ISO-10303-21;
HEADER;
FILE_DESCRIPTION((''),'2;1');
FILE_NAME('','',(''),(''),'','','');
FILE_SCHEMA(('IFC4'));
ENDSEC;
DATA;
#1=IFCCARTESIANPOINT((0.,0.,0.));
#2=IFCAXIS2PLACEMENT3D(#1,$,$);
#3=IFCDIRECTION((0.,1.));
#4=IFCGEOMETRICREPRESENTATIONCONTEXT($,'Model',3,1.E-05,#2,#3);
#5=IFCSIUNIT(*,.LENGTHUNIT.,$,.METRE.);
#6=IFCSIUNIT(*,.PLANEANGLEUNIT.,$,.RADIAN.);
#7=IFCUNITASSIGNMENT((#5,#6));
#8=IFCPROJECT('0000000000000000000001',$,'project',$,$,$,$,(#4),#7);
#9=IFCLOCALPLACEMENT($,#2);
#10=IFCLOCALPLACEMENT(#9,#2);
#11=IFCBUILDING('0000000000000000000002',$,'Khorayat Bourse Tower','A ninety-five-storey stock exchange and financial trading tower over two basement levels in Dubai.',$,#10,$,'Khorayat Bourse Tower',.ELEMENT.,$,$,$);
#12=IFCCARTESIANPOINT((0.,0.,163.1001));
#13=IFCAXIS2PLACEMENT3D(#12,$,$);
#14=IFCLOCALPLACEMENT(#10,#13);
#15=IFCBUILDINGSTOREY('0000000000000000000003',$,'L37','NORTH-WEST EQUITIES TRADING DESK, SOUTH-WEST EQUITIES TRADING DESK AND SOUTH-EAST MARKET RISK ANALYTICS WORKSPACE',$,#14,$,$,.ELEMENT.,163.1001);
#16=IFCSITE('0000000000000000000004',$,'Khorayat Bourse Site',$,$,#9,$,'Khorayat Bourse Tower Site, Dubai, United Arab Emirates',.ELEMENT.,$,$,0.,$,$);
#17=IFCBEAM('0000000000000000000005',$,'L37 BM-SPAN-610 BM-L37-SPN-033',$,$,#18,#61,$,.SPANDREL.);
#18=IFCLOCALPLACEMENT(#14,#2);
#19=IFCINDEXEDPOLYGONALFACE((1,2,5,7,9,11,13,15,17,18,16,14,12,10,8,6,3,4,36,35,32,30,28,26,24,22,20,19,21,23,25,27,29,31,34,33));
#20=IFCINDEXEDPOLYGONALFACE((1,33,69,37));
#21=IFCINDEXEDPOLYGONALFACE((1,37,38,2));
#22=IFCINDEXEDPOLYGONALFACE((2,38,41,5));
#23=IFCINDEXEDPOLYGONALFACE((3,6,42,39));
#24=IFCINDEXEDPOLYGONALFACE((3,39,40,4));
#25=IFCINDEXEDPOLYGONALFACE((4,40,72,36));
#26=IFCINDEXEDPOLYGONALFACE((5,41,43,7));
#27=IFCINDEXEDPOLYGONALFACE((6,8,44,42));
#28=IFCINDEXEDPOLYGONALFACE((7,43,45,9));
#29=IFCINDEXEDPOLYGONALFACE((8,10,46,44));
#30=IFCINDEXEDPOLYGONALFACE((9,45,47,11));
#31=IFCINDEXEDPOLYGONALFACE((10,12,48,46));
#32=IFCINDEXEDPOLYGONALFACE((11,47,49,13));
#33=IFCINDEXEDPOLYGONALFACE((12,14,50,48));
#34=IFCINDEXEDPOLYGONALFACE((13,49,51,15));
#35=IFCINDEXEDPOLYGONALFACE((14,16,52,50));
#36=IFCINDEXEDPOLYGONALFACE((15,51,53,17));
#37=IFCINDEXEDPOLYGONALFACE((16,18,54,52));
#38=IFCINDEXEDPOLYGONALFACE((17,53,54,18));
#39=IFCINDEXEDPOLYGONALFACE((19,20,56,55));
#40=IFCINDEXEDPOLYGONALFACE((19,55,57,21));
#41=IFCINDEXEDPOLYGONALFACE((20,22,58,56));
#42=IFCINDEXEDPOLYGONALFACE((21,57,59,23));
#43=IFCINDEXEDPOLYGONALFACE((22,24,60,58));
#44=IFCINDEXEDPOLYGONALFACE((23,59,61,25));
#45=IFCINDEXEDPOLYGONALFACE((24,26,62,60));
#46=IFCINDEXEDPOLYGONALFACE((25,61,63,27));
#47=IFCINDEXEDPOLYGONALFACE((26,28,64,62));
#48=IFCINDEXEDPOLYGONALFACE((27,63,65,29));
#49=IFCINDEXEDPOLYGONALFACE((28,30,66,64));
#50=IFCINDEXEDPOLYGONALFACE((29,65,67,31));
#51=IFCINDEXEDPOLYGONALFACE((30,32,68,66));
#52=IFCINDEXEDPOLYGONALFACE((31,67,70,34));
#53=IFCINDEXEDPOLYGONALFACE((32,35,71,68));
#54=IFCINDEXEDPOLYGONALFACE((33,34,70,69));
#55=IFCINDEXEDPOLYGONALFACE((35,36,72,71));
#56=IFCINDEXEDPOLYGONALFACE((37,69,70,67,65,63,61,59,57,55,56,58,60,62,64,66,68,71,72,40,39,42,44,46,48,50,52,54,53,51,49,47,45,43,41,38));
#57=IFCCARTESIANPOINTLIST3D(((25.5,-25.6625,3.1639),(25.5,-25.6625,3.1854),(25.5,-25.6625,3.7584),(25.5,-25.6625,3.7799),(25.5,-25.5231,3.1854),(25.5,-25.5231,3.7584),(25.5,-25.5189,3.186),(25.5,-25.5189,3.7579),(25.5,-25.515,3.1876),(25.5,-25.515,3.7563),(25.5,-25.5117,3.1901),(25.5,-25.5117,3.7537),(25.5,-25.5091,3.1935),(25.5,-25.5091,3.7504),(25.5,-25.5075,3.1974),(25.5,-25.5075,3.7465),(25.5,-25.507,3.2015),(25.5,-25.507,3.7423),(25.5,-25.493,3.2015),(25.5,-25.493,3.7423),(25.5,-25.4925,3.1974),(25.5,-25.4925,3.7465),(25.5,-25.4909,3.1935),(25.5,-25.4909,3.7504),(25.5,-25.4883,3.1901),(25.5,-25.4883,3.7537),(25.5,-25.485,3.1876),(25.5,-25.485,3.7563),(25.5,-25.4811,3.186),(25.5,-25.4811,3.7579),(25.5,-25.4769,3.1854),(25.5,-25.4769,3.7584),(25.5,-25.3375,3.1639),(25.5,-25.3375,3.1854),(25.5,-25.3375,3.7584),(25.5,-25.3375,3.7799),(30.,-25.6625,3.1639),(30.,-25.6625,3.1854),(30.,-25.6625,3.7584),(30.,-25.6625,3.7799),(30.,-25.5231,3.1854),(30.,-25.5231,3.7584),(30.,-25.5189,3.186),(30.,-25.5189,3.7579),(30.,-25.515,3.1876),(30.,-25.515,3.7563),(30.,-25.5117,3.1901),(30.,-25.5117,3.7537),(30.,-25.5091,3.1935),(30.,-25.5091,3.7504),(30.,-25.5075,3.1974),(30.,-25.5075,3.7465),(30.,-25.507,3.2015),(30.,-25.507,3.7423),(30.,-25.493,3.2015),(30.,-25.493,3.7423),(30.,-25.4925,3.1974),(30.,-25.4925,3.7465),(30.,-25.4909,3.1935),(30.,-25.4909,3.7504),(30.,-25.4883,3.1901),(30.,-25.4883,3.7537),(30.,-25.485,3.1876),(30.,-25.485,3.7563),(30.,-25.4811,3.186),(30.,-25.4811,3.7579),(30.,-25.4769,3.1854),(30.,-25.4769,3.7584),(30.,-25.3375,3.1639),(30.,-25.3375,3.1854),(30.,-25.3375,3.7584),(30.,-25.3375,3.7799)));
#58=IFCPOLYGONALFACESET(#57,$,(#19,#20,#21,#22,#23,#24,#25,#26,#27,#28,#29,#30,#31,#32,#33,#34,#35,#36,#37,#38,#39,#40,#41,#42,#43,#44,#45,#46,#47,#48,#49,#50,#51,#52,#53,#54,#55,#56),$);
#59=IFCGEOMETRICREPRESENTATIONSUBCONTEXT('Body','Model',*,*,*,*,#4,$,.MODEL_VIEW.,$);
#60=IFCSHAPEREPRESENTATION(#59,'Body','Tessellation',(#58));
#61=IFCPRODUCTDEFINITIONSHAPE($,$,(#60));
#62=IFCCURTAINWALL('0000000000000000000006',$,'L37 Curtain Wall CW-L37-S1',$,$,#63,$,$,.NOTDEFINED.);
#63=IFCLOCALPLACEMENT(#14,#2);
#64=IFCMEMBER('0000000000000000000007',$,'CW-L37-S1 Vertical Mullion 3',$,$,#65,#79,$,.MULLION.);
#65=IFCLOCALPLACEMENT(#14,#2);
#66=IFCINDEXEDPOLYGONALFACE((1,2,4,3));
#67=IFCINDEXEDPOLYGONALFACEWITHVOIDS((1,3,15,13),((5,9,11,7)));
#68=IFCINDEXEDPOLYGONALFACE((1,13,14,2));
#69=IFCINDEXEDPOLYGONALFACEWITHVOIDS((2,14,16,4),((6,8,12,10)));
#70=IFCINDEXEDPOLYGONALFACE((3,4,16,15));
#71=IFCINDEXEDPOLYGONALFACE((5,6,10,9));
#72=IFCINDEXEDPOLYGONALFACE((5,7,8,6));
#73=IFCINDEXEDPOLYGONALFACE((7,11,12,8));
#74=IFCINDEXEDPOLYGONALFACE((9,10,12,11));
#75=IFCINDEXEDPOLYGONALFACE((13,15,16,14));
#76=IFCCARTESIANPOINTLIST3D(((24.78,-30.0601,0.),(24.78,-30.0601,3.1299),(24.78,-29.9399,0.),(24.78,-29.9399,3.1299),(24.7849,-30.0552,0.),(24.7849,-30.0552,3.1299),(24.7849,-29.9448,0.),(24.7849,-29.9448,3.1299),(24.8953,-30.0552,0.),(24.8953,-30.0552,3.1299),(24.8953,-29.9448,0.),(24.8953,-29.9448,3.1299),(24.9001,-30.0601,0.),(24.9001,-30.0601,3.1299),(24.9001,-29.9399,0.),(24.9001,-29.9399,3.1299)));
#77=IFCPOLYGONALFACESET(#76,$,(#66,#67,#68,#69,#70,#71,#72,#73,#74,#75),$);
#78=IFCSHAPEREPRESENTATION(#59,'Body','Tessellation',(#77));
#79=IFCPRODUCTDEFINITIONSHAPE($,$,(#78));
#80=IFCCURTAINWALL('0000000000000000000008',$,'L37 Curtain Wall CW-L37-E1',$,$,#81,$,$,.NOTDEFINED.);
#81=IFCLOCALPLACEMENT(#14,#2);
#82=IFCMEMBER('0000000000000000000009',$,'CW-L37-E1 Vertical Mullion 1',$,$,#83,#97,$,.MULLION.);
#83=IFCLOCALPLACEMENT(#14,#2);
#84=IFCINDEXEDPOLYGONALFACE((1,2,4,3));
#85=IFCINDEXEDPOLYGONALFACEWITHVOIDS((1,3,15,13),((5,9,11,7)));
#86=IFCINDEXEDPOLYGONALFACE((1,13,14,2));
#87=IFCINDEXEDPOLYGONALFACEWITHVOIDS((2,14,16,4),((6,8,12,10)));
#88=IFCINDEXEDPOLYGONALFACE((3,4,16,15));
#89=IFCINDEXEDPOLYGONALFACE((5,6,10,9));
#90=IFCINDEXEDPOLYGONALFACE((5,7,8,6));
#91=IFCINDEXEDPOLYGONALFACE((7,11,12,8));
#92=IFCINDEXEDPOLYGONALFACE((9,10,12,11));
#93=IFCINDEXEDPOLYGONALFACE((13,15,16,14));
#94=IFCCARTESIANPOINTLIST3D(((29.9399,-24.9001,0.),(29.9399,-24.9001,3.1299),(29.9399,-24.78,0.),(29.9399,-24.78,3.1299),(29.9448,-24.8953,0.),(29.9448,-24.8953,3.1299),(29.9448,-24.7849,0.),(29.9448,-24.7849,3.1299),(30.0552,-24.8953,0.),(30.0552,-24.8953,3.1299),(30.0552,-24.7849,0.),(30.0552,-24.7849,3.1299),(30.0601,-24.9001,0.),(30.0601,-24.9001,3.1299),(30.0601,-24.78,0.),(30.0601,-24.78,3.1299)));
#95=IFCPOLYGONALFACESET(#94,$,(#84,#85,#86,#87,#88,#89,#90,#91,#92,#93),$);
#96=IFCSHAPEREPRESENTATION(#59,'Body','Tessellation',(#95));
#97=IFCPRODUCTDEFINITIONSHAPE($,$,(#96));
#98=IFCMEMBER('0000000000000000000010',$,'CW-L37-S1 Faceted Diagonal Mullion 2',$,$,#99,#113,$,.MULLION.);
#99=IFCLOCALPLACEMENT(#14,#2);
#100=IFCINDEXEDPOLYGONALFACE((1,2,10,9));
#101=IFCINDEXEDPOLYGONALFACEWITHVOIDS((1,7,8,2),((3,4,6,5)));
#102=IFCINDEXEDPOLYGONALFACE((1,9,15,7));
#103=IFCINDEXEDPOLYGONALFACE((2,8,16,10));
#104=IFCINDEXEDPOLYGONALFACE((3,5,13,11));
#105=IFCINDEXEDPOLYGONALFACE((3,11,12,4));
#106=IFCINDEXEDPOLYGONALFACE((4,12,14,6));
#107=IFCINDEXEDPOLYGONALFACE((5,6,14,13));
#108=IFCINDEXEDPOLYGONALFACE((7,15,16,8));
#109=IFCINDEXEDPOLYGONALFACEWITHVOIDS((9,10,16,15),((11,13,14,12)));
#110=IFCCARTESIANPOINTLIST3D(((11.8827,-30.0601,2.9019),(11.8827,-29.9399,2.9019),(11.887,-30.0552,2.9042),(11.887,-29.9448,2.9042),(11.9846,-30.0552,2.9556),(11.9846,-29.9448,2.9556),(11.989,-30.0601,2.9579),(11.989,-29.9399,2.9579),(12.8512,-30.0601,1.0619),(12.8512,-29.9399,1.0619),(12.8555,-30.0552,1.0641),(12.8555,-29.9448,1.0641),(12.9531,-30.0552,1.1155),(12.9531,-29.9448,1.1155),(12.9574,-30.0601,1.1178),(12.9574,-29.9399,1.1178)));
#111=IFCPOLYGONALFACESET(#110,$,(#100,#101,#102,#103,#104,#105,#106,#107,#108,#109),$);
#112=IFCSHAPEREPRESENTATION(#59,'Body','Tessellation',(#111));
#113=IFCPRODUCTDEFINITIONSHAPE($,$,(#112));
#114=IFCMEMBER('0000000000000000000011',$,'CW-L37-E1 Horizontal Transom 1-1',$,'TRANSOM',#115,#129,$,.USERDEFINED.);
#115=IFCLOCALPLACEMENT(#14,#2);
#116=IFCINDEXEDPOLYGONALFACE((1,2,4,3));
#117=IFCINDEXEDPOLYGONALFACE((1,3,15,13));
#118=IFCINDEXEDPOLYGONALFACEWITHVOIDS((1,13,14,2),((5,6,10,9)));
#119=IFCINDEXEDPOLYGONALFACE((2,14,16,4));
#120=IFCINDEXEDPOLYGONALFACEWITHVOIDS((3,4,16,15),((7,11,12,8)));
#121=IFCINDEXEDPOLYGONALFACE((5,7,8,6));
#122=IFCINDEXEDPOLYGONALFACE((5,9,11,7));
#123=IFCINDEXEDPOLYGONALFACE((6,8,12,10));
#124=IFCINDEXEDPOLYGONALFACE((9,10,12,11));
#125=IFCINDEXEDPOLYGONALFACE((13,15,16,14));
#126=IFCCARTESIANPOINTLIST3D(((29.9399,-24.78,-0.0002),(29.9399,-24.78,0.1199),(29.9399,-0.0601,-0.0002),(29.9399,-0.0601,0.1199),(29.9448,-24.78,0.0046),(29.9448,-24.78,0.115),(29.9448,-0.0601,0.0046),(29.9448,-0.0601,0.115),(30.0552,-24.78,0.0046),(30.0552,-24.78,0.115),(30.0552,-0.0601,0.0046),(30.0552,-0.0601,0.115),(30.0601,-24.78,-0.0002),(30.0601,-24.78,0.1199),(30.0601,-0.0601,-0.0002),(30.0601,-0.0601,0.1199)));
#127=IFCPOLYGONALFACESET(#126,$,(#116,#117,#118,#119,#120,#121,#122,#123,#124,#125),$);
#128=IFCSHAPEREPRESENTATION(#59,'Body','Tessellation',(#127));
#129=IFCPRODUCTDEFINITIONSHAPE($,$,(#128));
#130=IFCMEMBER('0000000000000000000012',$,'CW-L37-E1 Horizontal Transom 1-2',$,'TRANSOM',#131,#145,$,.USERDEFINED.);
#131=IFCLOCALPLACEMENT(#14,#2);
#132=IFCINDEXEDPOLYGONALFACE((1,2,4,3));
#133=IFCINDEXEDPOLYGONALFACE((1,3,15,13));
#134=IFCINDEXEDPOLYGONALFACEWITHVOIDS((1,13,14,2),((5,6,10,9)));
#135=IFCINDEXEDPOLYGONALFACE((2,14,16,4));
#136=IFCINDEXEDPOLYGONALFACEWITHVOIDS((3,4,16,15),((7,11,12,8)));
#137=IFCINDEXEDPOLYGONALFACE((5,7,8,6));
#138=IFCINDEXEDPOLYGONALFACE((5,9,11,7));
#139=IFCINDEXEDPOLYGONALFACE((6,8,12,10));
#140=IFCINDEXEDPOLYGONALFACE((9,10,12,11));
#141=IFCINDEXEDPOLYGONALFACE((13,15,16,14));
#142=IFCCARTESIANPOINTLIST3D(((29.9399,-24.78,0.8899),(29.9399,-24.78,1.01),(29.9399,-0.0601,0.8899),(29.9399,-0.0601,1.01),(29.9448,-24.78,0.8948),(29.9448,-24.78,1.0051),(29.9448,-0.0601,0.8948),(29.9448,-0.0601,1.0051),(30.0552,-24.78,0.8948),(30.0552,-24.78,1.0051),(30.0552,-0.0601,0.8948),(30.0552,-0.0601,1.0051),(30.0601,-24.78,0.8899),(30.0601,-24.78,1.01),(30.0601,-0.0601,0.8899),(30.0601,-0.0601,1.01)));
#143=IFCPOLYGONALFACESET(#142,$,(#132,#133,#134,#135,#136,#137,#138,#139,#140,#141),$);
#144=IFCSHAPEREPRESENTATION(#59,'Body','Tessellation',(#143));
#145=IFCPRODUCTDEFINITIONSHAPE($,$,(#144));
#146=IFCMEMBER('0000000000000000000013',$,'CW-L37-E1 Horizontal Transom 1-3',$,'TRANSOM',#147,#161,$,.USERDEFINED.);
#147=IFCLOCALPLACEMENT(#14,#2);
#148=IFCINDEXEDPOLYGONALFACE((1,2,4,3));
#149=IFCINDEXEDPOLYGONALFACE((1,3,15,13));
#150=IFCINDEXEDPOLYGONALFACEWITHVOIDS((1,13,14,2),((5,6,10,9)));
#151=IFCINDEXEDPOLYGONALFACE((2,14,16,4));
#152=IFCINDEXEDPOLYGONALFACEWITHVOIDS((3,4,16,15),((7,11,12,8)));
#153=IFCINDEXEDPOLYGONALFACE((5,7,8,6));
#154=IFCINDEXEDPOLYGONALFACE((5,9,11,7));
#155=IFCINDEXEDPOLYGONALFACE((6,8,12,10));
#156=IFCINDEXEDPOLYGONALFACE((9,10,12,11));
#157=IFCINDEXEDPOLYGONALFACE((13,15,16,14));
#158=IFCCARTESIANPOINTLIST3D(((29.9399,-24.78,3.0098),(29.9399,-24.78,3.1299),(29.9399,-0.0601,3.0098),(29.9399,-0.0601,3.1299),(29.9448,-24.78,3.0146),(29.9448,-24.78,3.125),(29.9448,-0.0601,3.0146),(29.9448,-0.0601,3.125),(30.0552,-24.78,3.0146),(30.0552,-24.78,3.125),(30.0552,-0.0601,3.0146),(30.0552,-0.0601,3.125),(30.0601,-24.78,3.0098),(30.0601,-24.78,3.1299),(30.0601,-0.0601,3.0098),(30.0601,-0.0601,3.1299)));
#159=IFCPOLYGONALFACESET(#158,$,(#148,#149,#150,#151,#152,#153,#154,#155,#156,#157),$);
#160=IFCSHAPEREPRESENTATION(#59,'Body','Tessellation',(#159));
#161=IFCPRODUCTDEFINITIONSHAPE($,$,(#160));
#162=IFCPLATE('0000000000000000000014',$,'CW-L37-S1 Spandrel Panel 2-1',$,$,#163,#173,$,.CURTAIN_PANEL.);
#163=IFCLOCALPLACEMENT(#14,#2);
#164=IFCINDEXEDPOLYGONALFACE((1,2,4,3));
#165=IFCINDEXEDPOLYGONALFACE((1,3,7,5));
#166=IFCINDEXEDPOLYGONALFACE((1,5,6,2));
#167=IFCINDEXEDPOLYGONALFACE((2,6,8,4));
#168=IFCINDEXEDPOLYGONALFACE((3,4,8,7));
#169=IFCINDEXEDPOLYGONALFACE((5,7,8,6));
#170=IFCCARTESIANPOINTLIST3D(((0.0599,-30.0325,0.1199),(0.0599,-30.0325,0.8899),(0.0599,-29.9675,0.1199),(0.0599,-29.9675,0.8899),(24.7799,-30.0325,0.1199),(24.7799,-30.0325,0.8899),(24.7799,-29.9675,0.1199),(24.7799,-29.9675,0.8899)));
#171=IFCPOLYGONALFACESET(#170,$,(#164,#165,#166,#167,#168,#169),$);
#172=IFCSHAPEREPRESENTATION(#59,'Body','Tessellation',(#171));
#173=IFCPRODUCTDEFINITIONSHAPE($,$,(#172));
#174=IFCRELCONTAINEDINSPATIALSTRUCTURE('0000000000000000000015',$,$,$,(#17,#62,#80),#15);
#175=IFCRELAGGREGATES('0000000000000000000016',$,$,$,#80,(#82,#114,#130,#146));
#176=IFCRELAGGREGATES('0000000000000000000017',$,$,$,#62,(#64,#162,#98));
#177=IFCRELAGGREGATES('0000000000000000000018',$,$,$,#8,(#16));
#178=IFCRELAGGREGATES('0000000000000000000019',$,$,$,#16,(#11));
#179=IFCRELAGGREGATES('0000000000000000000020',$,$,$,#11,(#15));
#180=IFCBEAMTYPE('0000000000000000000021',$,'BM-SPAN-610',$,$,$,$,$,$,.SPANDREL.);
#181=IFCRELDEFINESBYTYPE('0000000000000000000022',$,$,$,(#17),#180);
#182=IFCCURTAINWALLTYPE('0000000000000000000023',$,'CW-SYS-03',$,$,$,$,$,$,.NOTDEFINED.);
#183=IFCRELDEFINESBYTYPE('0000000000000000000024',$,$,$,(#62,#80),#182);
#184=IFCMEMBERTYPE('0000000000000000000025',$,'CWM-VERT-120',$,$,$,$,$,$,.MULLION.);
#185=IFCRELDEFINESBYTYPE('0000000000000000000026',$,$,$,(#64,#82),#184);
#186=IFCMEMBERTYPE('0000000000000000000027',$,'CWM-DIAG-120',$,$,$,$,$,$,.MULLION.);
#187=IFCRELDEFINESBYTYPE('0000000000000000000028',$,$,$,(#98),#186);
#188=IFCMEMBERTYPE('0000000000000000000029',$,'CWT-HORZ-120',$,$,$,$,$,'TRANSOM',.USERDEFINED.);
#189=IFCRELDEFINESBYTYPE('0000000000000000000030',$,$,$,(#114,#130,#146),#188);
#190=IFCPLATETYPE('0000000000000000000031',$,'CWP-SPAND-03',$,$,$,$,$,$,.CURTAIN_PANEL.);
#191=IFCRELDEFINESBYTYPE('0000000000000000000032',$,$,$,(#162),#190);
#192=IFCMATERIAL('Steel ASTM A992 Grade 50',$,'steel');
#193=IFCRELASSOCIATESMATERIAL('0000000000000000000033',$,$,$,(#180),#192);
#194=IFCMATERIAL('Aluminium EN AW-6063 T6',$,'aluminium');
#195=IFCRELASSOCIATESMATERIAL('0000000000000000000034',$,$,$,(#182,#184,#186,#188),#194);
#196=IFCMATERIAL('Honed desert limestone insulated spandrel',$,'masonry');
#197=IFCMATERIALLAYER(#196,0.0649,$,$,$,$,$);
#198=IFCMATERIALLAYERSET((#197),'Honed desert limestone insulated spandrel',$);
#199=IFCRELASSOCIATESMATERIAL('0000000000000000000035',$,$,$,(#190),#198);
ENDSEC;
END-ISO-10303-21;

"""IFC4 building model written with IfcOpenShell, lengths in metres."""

from ifc_helpers import new_model, si_unit, direction, frame, origin, origin_2d, place, context, subcontext, project, spatial, rectangle, hollow_rectangle, i_section, extrude, source, transform, mapped, material, layer, layer_set, material_profile, profile_set, type_object, element, aggregate, save


model = new_model("IFC4")

# Units and contexts
model_context = context("Model", 3, precision=1e-05, world=origin(), true_north=direction((0.0, 1.0)))
body_context = subcontext(model_context, "Body", "Model", "MODEL_VIEW")
ifc_project = project(units=[si_unit("LENGTHUNIT", "METRE"), si_unit("PLANEANGLEUNIT", "RADIAN")], contexts=[model_context])

# Site, building, storey
site_placement = place(None, origin())
site = spatial("IfcSite", under=ifc_project, at=site_placement, Name="Khorayat Bourse Site", LongName="Khorayat Bourse Tower Site, Dubai, United Arab Emirates", CompositionType="ELEMENT", RefElevation=0.0)
building_placement = place(site_placement, origin())
building = spatial("IfcBuilding", under=site, at=building_placement, Name="Khorayat Bourse Tower", Description="A ninety-five-storey stock exchange and financial trading tower over two basement levels in Dubai.", LongName="Khorayat Bourse Tower", CompositionType="ELEMENT")
storey_placement = place(building_placement, frame((0.0, 0.0, 163.1001)))
storey = spatial("IfcBuildingStorey", under=building, at=storey_placement, Name="L37", Description="NORTH-WEST EQUITIES TRADING DESK, SOUTH-WEST EQUITIES TRADING DESK AND SOUTH-EAST MARKET RISK ANALYTICS WORKSPACE", CompositionType="ELEMENT", Elevation=163.1001)

# Beam
ifc_material_1 = material(Name="Steel ASTM A992 Grade 50", Category="steel")
ifc_material_profile_1 = material_profile(ifc_material_1, i_section(OverallWidth=0.325, OverallDepth=0.616, WebThickness=0.0139, FlangeThickness=0.0215, FilletRadius=0.0161, at=origin_2d()), Name="W610X174")
ifc_profile_set_1 = profile_set([ifc_material_profile_1], Name="Steel ASTM A992 Grade 50")
beam_type_1 = type_object("IfcBeamType", Name="BM-SPAN-610", PredefinedType="SPANDREL", material=ifc_profile_set_1)
shared_shape_1 = source(origin(), body_context, "Body", "SweptSolid", [
    extrude(i_section(OverallWidth=0.325, OverallDepth=0.616, WebThickness=0.0139, FlangeThickness=0.0215, FilletRadius=0.0161, at=origin_2d()), origin(), (0.0, 0.0, 1.0), 4.5),
])
for number, where, z_axis, x_axis, name in (
    (1, (25.5, -25.5, 3.4719), (1.0, 0.0, 0.0), (0.0, 1.0, 0.0), "L37 BM-SPAN-610 BM-L37-SPN-033"),
):
    element("IfcBeam", number, at=place(storey_placement, frame(where, z_axis=z_axis, x_axis=x_axis)), inside=storey, type_object=beam_type_1, Name=name, PredefinedType="SPANDREL", context=body_context, shape_type="MappedRepresentation", body=[
        mapped(shared_shape_1, transform((0.0, 0.0, 0.0), scale=1.0)),
    ])

# Curtain walls, members
ifc_material_2 = material(Name="Aluminium EN AW-6063 T6", Category="aluminium")
curtain_wall_type = type_object("IfcCurtainWallType", Name="CW-SYS-03", PredefinedType="NOTDEFINED", material=ifc_material_2)
curtain_wall_1_placement = place(storey_placement, origin())
curtain_wall_1 = element("IfcCurtainWall", 2, at=curtain_wall_1_placement, inside=storey, type_object=curtain_wall_type, Name="L37 Curtain Wall CW-L37-S1", PredefinedType="NOTDEFINED")
ifc_material_profile_2 = material_profile(ifc_material_2, hollow_rectangle(XDim=0.1201, YDim=0.1201, WallThickness=0.0049, at=origin_2d()), Name="ALU 120x120x5")
ifc_profile_set_2 = profile_set([ifc_material_profile_2], Name="Aluminium EN AW-6063 T6")
member_type_1 = type_object("IfcMemberType", Name="CWM-VERT-120", PredefinedType="MULLION", material=ifc_profile_set_2)
shared_shape_2 = source(origin(), body_context, "Body", "SweptSolid", [
    extrude(hollow_rectangle(XDim=0.1201, YDim=0.1201, WallThickness=0.0049, at=origin_2d()), origin(), (0.0, 0.0, 1.0), 3.1299),
])
member_1_placement = place(storey_placement, frame((24.8401, -30.0, 0.0), z_axis=(0.0, 0.0, 1.0), x_axis=(0.0, 1.0, 0.0)))
member_1 = element("IfcMember", 3, at=member_1_placement, type_object=member_type_1, Name="CW-L37-S1 Vertical Mullion 3", PredefinedType="MULLION", context=body_context, shape_type="MappedRepresentation", body=[
    mapped(shared_shape_2, transform((0.0, 0.0, 0.0), scale=1.0)),
])
curtain_wall_2_placement = place(storey_placement, origin())
curtain_wall_2 = element("IfcCurtainWall", 4, at=curtain_wall_2_placement, inside=storey, type_object=curtain_wall_type, Name="L37 Curtain Wall CW-L37-E1", PredefinedType="NOTDEFINED")
member_2_placement = place(storey_placement, frame((30.0, -24.8401, 0.0), z_axis=(0.0, 0.0, 1.0), x_axis=(-1.0, 0.0, 0.0)))
member_2 = element("IfcMember", 5, at=member_2_placement, type_object=member_type_1, Name="CW-L37-E1 Vertical Mullion 1", PredefinedType="MULLION", context=body_context, shape_type="MappedRepresentation", body=[
    mapped(shared_shape_2, transform((0.0, 0.0, 0.0), scale=1.0)),
])

# Members
ifc_material_profile_3 = material_profile(ifc_material_2, hollow_rectangle(XDim=0.1201, YDim=0.1201, WallThickness=0.0049, at=origin_2d()), Name="ALU 120x120x5")
ifc_profile_set_3 = profile_set([ifc_material_profile_3], Name="Aluminium EN AW-6063 T6")
member_type_2 = type_object("IfcMemberType", Name="CWM-DIAG-120", PredefinedType="MULLION", material=ifc_profile_set_3)
shared_shape_3 = source(origin(), body_context, "Body", "SweptSolid", [
    extrude(hollow_rectangle(XDim=0.1201, YDim=0.1201, WallThickness=0.0049, at=origin_2d()), origin(), (0.0, 0.0, 1.0), 2.0793),
])
member_3_placement = place(storey_placement, frame((12.9043, -30.0, 1.0898), z_axis=(-0.465761, 0.0, 0.884911), x_axis=(0.0, -1.0, 0.0)))
member_3 = element("IfcMember", 6, at=member_3_placement, type_object=member_type_2, Name="CW-L37-S1 Faceted Diagonal Mullion 2", PredefinedType="MULLION", context=body_context, shape_type="MappedRepresentation", body=[
    mapped(shared_shape_3, transform((0.0, 0.0, 0.0), scale=1.0)),
])
ifc_material_profile_4 = material_profile(ifc_material_2, hollow_rectangle(XDim=0.1201, YDim=0.1201, WallThickness=0.0049, at=origin_2d()), Name="ALU 120x120x5")
ifc_profile_set_4 = profile_set([ifc_material_profile_4], Name="Aluminium EN AW-6063 T6")
member_type_3 = type_object("IfcMemberType", Name="CWT-HORZ-120", ElementType="TRANSOM", PredefinedType="USERDEFINED", material=ifc_profile_set_4)
shared_shape_4 = source(origin(), body_context, "Body", "SweptSolid", [
    extrude(hollow_rectangle(XDim=0.1201, YDim=0.1201, WallThickness=0.0049, at=origin_2d()), origin(), (0.0, 0.0, 1.0), 24.72),
])
member_4_placement = place(storey_placement, frame((30.0, -24.78, 0.0598), z_axis=(0.0, 1.0, 0.0), x_axis=(-1.0, 0.0, 0.0)))
member_4 = element("IfcMember", 7, at=member_4_placement, type_object=member_type_3, Name="CW-L37-E1 Horizontal Transom 1-1", ObjectType="TRANSOM", PredefinedType="USERDEFINED", context=body_context, shape_type="MappedRepresentation", body=[
    mapped(shared_shape_4, transform((0.0, 0.0, 0.0), scale=1.0)),
])
member_5_placement = place(storey_placement, frame((30.0, -24.78, 0.95), z_axis=(0.0, 1.0, 0.0), x_axis=(-1.0, 0.0, 0.0)))
member_5 = element("IfcMember", 8, at=member_5_placement, type_object=member_type_3, Name="CW-L37-E1 Horizontal Transom 1-2", ObjectType="TRANSOM", PredefinedType="USERDEFINED", context=body_context, shape_type="MappedRepresentation", body=[
    mapped(shared_shape_4, transform((0.0, 0.0, 0.0), scale=1.0)),
])
member_6_placement = place(storey_placement, frame((30.0, -24.78, 3.0698), z_axis=(0.0, 1.0, 0.0), x_axis=(-1.0, 0.0, 0.0)))
member_6 = element("IfcMember", 9, at=member_6_placement, type_object=member_type_3, Name="CW-L37-E1 Horizontal Transom 1-3", ObjectType="TRANSOM", PredefinedType="USERDEFINED", context=body_context, shape_type="MappedRepresentation", body=[
    mapped(shared_shape_4, transform((0.0, 0.0, 0.0), scale=1.0)),
])
aggregate(curtain_wall_2, [member_2, member_4, member_5, member_6])

# Plate
ifc_material_3 = material(Name="Honed desert limestone insulated spandrel", Category="masonry")
ifc_layer_1 = layer(ifc_material_3, 0.0649)
ifc_layer_set_1 = layer_set([ifc_layer_1], Name="Honed desert limestone insulated spandrel")
plate_type_1 = type_object("IfcPlateType", Name="CWP-SPAND-03", PredefinedType="CURTAIN_PANEL", material=ifc_layer_set_1)
shared_shape_5 = source(origin(), body_context, "Body", "SweptSolid", [
    extrude(rectangle(XDim=24.72, YDim=0.0649, at=origin_2d()), origin(), (0.0, 0.0, 1.0), 0.77),
])
plate_1_placement = place(storey_placement, frame((12.4199, -30.0, 0.1199), z_axis=(0.0, 0.0, 1.0), x_axis=(1.0, 0.0, 0.0)))
plate_1 = element("IfcPlate", 10, at=plate_1_placement, type_object=plate_type_1, Name="CW-L37-S1 Spandrel Panel 2-1", PredefinedType="CURTAIN_PANEL", context=body_context, shape_type="MappedRepresentation", body=[
    mapped(shared_shape_5, transform((0.0, 0.0, 0.0), scale=1.0)),
])
aggregate(curtain_wall_1, [member_1, plate_1, member_3])

save(model, "model.ifc")
